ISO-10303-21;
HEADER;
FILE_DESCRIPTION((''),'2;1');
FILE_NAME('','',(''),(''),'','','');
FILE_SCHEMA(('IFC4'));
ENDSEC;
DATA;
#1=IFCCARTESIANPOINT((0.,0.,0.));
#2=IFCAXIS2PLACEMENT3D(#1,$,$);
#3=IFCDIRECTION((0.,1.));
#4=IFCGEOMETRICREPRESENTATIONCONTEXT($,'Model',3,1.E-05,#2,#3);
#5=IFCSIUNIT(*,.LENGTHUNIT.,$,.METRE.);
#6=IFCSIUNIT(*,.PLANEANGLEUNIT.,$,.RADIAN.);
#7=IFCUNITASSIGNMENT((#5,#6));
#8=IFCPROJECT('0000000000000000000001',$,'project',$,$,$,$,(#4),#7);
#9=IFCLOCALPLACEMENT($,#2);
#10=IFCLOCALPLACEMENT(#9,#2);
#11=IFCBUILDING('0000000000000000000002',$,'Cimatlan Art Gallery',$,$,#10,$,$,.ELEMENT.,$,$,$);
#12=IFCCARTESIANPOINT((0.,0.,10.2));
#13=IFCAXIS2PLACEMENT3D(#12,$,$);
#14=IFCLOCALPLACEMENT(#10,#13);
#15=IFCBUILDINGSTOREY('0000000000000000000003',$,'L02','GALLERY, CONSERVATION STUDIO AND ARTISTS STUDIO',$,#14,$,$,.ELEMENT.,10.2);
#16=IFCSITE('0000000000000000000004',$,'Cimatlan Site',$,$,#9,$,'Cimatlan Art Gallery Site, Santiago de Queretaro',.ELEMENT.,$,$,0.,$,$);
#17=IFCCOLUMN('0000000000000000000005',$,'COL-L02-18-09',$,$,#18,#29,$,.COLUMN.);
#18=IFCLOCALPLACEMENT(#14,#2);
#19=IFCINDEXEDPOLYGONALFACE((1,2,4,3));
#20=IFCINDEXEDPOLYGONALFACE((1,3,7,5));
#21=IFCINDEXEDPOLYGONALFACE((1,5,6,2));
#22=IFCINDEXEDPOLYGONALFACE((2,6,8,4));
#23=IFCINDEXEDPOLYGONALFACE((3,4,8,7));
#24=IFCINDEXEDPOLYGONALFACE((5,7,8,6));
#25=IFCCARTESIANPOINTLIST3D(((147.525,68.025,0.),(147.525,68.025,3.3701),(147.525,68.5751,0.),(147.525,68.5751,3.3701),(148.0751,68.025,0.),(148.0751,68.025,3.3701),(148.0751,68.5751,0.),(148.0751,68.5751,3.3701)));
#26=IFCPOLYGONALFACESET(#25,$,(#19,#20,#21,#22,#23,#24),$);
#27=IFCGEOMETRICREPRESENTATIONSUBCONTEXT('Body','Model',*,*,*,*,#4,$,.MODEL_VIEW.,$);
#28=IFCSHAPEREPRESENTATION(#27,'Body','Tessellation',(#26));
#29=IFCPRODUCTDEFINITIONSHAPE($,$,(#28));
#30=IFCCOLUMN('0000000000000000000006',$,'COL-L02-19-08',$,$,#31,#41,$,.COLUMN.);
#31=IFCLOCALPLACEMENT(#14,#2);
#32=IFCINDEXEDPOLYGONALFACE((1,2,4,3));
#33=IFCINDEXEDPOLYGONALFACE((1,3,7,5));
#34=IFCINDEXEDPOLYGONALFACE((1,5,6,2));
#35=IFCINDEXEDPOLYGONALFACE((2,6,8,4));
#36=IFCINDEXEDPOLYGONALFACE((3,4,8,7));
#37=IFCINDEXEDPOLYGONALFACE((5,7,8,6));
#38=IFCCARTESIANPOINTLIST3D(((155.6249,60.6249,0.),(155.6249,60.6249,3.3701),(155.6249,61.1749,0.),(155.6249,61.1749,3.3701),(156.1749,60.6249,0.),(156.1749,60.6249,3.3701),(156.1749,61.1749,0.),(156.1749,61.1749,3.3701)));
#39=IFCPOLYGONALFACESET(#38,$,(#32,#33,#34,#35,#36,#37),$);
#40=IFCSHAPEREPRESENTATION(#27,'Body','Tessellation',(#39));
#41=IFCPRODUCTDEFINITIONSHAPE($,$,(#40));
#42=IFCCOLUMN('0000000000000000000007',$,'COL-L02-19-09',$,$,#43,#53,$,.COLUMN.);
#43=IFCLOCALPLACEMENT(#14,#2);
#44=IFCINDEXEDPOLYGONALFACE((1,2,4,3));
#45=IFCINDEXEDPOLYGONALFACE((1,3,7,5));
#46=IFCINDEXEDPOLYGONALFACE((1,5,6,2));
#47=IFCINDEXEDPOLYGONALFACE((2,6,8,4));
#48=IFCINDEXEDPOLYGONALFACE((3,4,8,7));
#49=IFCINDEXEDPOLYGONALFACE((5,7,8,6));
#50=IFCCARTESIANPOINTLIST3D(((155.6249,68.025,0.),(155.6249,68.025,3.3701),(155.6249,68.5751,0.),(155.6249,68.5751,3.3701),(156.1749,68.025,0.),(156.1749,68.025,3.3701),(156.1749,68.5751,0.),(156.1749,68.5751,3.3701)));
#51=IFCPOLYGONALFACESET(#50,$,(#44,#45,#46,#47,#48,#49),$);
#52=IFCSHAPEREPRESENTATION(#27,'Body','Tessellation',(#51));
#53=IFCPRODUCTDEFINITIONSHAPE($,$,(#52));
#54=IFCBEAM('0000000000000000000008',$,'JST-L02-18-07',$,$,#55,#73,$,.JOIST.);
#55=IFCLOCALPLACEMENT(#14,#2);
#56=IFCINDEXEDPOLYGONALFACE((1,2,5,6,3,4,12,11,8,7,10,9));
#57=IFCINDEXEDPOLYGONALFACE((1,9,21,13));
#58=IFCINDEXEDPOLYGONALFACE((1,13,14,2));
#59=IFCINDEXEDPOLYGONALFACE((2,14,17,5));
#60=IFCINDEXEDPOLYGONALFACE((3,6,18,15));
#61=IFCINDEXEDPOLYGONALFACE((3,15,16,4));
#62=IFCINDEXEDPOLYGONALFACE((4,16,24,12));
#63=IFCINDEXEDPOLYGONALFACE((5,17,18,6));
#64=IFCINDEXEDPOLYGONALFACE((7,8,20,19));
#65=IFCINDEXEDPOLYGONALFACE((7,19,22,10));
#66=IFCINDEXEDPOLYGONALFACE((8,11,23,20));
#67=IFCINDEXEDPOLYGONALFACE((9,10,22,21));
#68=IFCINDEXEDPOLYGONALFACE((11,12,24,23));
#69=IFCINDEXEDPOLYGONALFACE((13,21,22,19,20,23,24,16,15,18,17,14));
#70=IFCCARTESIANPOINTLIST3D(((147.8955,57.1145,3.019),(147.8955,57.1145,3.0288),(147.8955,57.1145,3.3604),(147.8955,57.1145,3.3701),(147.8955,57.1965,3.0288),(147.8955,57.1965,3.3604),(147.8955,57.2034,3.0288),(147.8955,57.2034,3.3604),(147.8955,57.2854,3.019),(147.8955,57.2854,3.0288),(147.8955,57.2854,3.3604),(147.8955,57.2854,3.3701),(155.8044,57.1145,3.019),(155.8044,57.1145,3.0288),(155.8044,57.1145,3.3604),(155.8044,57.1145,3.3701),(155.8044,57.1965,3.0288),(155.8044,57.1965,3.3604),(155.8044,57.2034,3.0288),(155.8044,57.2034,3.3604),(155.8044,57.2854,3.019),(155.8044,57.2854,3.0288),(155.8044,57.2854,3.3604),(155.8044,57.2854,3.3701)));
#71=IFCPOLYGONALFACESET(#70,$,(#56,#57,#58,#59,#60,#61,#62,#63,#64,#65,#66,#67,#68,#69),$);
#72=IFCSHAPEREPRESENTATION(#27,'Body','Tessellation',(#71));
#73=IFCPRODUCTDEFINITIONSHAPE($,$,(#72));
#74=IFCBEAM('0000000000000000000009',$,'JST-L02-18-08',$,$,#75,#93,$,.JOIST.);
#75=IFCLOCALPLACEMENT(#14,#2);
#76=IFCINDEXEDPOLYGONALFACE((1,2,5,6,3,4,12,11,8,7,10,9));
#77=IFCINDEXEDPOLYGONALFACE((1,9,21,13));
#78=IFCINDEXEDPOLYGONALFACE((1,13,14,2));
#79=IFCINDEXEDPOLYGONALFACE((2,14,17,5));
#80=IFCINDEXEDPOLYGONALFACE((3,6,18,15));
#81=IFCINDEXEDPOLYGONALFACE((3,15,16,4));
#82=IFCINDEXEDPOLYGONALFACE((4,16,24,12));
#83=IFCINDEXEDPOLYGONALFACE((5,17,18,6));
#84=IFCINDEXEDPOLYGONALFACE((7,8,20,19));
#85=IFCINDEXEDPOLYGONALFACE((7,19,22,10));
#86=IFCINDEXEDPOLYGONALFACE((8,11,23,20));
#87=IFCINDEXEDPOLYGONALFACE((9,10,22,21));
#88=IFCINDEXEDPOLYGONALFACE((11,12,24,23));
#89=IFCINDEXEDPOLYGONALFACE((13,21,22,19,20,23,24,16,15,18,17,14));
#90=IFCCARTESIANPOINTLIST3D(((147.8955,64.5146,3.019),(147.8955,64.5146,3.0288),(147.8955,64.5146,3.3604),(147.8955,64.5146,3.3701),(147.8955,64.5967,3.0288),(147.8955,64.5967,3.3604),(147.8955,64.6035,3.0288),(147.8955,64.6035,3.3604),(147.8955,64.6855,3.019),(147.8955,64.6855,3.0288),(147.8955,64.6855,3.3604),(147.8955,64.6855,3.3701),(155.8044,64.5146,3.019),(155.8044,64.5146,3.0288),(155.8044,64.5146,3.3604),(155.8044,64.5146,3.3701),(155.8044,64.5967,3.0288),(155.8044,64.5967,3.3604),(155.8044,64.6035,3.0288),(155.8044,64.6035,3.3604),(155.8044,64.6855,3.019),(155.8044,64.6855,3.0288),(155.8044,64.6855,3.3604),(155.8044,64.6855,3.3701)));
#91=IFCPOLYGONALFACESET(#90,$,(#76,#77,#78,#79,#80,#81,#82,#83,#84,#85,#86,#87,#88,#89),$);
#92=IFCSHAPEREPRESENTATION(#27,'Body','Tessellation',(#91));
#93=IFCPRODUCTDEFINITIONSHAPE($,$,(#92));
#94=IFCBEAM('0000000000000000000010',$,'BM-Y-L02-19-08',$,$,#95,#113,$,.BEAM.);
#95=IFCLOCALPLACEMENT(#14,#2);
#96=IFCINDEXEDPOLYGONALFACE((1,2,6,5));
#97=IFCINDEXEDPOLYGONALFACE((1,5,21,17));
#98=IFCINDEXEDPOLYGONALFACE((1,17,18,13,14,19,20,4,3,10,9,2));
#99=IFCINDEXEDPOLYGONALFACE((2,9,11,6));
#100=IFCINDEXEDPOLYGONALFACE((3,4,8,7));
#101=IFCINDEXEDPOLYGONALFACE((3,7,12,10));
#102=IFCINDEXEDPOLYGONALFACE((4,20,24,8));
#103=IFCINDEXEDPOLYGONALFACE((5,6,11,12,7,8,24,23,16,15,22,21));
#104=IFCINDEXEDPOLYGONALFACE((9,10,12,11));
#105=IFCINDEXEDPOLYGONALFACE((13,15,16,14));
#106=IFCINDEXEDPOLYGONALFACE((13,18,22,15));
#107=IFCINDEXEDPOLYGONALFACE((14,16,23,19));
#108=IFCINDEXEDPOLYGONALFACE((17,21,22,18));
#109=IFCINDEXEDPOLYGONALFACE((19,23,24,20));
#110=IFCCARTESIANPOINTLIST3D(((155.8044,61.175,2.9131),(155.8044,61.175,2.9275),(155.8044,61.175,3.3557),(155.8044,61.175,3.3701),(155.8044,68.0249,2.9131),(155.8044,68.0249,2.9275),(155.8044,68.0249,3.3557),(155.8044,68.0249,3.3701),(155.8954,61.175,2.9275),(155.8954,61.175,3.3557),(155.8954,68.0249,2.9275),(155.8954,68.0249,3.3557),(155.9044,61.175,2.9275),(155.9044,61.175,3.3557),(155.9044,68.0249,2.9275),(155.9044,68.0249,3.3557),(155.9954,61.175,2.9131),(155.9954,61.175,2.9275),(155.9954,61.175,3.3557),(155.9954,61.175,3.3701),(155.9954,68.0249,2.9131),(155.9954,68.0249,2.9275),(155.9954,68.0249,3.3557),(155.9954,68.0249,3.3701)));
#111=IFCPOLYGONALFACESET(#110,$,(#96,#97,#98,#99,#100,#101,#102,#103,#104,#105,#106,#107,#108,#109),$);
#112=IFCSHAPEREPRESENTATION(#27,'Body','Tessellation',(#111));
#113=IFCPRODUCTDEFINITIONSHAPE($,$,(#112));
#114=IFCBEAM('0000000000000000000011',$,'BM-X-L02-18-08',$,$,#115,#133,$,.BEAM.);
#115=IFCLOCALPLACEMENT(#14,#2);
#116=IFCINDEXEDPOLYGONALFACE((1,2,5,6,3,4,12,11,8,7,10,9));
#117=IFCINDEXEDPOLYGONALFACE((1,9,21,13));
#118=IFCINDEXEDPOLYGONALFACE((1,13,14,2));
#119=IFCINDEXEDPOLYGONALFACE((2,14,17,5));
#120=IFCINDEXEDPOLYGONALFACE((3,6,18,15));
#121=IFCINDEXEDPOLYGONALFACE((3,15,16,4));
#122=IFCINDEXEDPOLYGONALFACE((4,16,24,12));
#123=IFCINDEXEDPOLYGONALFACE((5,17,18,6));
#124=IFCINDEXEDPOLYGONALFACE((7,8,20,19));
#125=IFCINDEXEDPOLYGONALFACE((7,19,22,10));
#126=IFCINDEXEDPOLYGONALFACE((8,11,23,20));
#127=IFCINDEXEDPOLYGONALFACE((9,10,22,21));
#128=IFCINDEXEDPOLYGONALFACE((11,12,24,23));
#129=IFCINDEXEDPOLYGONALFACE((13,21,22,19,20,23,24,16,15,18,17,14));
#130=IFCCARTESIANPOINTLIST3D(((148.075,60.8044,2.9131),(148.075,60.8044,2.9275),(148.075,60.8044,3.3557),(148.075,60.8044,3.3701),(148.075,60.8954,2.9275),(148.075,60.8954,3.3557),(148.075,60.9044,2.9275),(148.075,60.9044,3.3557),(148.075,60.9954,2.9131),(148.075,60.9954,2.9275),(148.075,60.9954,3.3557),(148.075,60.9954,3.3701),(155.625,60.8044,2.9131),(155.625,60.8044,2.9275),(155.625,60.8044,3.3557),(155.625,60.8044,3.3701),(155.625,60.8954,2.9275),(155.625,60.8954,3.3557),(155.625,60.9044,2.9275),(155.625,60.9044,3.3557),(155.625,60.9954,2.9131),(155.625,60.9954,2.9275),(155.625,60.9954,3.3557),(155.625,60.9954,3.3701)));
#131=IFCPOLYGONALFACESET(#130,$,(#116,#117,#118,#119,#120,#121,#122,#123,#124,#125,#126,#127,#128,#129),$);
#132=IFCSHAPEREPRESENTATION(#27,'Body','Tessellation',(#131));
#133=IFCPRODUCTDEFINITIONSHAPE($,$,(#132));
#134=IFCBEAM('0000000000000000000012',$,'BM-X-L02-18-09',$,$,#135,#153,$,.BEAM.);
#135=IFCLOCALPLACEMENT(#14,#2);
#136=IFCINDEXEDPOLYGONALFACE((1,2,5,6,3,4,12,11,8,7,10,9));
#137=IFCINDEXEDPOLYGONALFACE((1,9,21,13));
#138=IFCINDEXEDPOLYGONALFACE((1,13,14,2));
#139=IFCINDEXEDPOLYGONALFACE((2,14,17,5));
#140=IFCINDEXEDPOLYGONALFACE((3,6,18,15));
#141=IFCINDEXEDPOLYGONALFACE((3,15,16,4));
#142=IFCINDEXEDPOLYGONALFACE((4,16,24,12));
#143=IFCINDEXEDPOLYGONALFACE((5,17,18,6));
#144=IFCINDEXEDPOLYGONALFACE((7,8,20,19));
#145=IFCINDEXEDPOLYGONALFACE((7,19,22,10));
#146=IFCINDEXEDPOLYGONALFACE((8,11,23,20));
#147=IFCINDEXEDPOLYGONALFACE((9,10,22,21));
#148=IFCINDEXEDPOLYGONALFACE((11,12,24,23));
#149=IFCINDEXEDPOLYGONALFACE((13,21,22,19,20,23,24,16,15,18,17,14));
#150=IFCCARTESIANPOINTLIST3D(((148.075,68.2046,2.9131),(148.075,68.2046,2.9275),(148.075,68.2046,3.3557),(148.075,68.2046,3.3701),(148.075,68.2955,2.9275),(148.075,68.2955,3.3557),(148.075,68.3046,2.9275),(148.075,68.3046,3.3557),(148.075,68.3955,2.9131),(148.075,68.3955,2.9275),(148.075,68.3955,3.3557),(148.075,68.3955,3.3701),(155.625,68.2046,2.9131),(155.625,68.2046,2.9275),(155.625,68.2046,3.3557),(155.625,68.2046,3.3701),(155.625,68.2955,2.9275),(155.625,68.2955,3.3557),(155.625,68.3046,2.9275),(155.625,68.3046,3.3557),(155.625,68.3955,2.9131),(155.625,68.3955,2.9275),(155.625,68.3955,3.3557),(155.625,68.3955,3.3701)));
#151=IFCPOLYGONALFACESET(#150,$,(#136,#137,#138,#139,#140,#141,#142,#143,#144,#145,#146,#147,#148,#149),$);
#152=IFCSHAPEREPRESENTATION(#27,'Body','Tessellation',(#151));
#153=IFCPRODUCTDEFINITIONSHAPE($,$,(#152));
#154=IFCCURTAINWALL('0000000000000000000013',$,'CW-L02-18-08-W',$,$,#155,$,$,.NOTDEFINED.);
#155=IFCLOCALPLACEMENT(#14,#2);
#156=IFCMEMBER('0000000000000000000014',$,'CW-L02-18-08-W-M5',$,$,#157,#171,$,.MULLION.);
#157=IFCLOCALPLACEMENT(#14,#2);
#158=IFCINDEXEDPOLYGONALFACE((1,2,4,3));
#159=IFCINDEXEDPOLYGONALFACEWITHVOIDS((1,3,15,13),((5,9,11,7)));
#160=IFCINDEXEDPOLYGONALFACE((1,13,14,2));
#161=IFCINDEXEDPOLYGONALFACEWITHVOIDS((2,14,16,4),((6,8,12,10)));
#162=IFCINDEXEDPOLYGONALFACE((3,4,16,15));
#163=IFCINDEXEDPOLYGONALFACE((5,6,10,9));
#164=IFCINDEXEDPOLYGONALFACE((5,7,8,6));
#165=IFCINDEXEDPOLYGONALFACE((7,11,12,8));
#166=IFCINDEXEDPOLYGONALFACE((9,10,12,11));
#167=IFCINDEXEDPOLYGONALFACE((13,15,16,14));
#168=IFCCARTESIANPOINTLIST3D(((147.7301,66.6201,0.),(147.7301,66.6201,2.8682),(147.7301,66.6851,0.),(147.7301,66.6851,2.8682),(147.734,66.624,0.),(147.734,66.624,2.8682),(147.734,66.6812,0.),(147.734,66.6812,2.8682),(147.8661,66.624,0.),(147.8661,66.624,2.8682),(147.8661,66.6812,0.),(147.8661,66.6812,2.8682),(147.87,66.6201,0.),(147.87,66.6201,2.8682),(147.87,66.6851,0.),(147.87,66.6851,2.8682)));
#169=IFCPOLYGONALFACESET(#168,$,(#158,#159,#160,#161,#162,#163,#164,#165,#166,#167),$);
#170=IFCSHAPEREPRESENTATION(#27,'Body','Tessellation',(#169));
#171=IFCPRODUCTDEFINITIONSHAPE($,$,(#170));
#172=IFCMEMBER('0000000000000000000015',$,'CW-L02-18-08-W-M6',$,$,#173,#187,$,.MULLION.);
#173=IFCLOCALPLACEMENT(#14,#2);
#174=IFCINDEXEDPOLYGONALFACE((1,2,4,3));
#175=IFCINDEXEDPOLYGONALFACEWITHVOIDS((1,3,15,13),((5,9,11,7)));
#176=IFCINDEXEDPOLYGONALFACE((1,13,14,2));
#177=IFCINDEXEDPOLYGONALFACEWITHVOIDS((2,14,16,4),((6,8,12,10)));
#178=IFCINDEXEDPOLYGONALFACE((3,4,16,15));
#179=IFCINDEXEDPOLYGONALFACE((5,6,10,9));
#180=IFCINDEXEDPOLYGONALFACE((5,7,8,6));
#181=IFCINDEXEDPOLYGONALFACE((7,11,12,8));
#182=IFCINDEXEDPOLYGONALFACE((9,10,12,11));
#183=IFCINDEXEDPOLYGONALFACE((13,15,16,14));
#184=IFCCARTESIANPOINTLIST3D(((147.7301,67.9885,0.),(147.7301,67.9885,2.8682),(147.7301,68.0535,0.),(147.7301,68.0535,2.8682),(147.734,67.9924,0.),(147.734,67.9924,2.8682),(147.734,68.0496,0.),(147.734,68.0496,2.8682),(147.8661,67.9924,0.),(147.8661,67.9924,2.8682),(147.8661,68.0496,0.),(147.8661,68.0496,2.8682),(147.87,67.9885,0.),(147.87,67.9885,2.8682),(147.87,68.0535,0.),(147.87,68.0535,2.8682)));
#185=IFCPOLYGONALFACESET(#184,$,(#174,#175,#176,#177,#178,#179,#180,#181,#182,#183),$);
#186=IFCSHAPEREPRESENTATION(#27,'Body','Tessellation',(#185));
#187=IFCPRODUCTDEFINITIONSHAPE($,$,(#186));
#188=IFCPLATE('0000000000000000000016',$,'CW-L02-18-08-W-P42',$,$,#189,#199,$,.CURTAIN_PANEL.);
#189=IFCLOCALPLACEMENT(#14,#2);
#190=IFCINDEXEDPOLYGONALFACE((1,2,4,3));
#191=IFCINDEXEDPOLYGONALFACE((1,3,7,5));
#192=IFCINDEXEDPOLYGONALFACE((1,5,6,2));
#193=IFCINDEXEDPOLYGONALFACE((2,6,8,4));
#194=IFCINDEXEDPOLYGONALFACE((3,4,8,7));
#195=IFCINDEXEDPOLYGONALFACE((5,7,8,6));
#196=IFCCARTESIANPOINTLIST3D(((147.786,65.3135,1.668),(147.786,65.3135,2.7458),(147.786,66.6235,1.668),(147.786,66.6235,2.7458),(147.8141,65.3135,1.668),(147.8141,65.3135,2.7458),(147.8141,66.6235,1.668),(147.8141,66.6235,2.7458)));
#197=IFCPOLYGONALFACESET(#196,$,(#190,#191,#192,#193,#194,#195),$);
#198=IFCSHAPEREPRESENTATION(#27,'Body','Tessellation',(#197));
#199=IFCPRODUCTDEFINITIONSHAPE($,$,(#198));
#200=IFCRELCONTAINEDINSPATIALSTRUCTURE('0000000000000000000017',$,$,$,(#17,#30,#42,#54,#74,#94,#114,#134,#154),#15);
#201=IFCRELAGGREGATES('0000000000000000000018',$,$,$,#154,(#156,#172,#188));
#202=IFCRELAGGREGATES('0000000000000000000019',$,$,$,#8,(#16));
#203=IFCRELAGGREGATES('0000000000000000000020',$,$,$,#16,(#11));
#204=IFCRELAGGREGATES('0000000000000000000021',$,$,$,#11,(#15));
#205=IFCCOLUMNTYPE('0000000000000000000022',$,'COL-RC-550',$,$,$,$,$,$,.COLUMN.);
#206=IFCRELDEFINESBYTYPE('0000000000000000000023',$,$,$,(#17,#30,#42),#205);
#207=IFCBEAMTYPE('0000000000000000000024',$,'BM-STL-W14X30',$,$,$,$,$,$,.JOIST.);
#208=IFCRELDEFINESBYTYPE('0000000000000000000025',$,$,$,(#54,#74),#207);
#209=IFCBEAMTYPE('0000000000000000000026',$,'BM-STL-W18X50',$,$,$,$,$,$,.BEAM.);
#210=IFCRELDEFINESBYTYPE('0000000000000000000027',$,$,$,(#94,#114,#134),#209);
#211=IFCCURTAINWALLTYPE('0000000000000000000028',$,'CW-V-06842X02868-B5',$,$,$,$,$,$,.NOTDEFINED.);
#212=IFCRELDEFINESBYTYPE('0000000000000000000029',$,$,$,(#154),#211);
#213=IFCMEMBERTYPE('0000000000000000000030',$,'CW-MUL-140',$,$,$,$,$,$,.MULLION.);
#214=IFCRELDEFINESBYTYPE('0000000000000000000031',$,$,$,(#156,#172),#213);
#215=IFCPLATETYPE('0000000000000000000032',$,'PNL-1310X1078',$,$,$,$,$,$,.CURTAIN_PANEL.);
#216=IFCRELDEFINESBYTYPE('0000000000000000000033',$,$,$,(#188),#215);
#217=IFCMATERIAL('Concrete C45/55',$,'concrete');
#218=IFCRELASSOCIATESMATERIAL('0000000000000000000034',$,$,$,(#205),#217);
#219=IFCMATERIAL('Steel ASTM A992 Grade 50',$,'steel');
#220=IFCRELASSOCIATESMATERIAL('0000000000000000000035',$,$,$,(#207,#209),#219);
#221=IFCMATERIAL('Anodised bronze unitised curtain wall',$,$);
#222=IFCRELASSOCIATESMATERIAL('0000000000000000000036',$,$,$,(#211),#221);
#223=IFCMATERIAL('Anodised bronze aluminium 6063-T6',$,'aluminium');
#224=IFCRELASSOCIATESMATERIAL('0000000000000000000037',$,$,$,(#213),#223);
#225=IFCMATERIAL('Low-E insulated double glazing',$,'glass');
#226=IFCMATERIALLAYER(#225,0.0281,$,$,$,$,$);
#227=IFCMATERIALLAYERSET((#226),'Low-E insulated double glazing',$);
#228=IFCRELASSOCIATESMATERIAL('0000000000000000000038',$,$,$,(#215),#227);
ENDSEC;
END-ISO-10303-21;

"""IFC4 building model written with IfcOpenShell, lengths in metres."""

from ifc_helpers import new_model, si_unit, direction, frame, origin, origin_2d, place, context, subcontext, project, spatial, rectangle, hollow_rectangle, i_section, extrude, material, layer, layer_set, material_profile, profile_set, type_object, element, aggregate, save


model = new_model("IFC4")

# Units and contexts
model_context = context("Model", 3, precision=1e-05, world=origin(), true_north=direction((0.0, 1.0)))
body_context = subcontext(model_context, "Body", "Model", "MODEL_VIEW")
ifc_project = project(units=[si_unit("LENGTHUNIT", "METRE"), si_unit("PLANEANGLEUNIT", "RADIAN")], contexts=[model_context])

# Site, building, storey
site_placement = place(None, origin())
site = spatial("IfcSite", under=ifc_project, at=site_placement, Name="Cimatlan Site", LongName="Cimatlan Art Gallery Site, Santiago de Queretaro", CompositionType="ELEMENT", RefElevation=0.0)
building_placement = place(site_placement, origin())
building = spatial("IfcBuilding", under=site, at=building_placement, Name="Cimatlan Art Gallery", CompositionType="ELEMENT")
storey_placement = place(building_placement, frame((0.0, 0.0, 10.2)))
storey = spatial("IfcBuildingStorey", under=building, at=storey_placement, Name="L02", Description="GALLERY, CONSERVATION STUDIO AND ARTISTS STUDIO", CompositionType="ELEMENT", Elevation=10.2)

# Columns
ifc_material_1 = material(Name="Concrete C45/55", Category="concrete")
ifc_material_profile_1 = material_profile(ifc_material_1, rectangle(XDim=0.55, YDim=0.55, at=origin_2d()), Name="RC550X550")
ifc_profile_set_1 = profile_set([ifc_material_profile_1], Name="Concrete C45/55")
column_type = type_object("IfcColumnType", Name="COL-RC-550", PredefinedType="COLUMN", material=ifc_profile_set_1)
for number, where, z_axis, x_axis, name in (
    (1, (147.8, 68.3, 0.0), (0.0, 0.0, 1.0), (1.0, 0.0, 0.0), "COL-L02-18-09"),
    (2, (155.8999, 60.8999, 0.0), (0.0, 0.0, 1.0), (1.0, 0.0, 0.0), "COL-L02-19-08"),
    (3, (155.8999, 68.3, 0.0), (0.0, 0.0, 1.0), (1.0, 0.0, 0.0), "COL-L02-19-09"),
):
    element("IfcColumn", number, at=place(storey_placement, frame(where, z_axis=z_axis, x_axis=x_axis)), inside=storey, type_object=column_type, Name=name, PredefinedType="COLUMN", context=body_context, shape_type="SweptSolid", body=[
        extrude(rectangle(XDim=0.55, YDim=0.55, at=origin_2d()), origin(), (0.0, 0.0, 1.0), 3.3701),
    ])

# Beams
ifc_material_2 = material(Name="Steel ASTM A992 Grade 50", Category="steel")
ifc_material_profile_2 = material_profile(ifc_material_2, i_section(OverallWidth=0.1709, OverallDepth=0.3511, WebThickness=0.0068, FlangeThickness=0.0098, at=origin_2d()), Name="W14X30")
ifc_profile_set_2 = profile_set([ifc_material_profile_2], Name="Steel ASTM A992 Grade 50")
beam_type_1 = type_object("IfcBeamType", Name="BM-STL-W14X30", PredefinedType="JOIST", material=ifc_profile_set_2)
for number, where, z_axis, x_axis, name in (
    (4, (147.8955, 57.2, 3.1946), (1.0, 0.0, 0.0), (0.0, 1.0, 0.0), "JST-L02-18-07"),
    (5, (147.8955, 64.6001, 3.1946), (1.0, 0.0, 0.0), (0.0, 1.0, 0.0), "JST-L02-18-08"),
):
    element("IfcBeam", number, at=place(storey_placement, frame(where, z_axis=z_axis, x_axis=x_axis)), inside=storey, type_object=beam_type_1, Name=name, PredefinedType="JOIST", context=body_context, shape_type="SweptSolid", body=[
        extrude(i_section(OverallWidth=0.1709, OverallDepth=0.3511, WebThickness=0.0068, FlangeThickness=0.0098, at=origin_2d()), origin(), (0.0, 0.0, 1.0), 7.9089),
    ])
ifc_material_profile_3 = material_profile(ifc_material_2, i_section(OverallWidth=0.1909, OverallDepth=0.457, WebThickness=0.009, FlangeThickness=0.0144, at=origin_2d()), Name="W18X50")
ifc_profile_set_3 = profile_set([ifc_material_profile_3], Name="Steel ASTM A992 Grade 50")
beam_type_2 = type_object("IfcBeamType", Name="BM-STL-W18X50", PredefinedType="BEAM", material=ifc_profile_set_3)
beam_placement = place(storey_placement, frame((155.8999, 61.175, 3.1416), z_axis=(0.0, 1.0, 0.0), x_axis=(-1.0, 0.0, 0.0)))
element("IfcBeam", 6, at=beam_placement, inside=storey, type_object=beam_type_2, Name="BM-Y-L02-19-08", PredefinedType="BEAM", context=body_context, shape_type="SweptSolid", body=[
    extrude(i_section(OverallWidth=0.1909, OverallDepth=0.457, WebThickness=0.009, FlangeThickness=0.0144, at=origin_2d()), origin(), (0.0, 0.0, 1.0), 6.8499),
])
for number, where, z_axis, x_axis, name in (
    (7, (148.075, 60.8999, 3.1416), (1.0, 0.0, 0.0), (0.0, 1.0, 0.0), "BM-X-L02-18-08"),
    (8, (148.075, 68.3, 3.1416), (1.0, 0.0, 0.0), (0.0, 1.0, 0.0), "BM-X-L02-18-09"),
):
    element("IfcBeam", number, at=place(storey_placement, frame(where, z_axis=z_axis, x_axis=x_axis)), inside=storey, type_object=beam_type_2, Name=name, PredefinedType="BEAM", context=body_context, shape_type="SweptSolid", body=[
        extrude(i_section(OverallWidth=0.1909, OverallDepth=0.457, WebThickness=0.009, FlangeThickness=0.0144, at=origin_2d()), origin(), (0.0, 0.0, 1.0), 7.55),
    ])

# Curtain wall, members, plate
ifc_material_3 = material(Name="Anodised bronze unitised curtain wall")
curtain_wall_type = type_object("IfcCurtainWallType", Name="CW-V-06842X02868-B5", PredefinedType="NOTDEFINED", material=ifc_material_3)
curtain_wall_placement = place(storey_placement, origin())
curtain_wall = element("IfcCurtainWall", 9, at=curtain_wall_placement, inside=storey, type_object=curtain_wall_type, Name="CW-L02-18-08-W", PredefinedType="NOTDEFINED")
ifc_material_4 = material(Name="Anodised bronze aluminium 6063-T6", Category="aluminium")
ifc_material_profile_4 = material_profile(ifc_material_4, hollow_rectangle(XDim=0.0649, YDim=0.1399, WallThickness=0.0039, at=origin_2d()), Name="ALU65X140X4")
ifc_profile_set_4 = profile_set([ifc_material_profile_4], Name="Anodised bronze aluminium 6063-T6")
member_type = type_object("IfcMemberType", Name="CW-MUL-140", PredefinedType="MULLION", material=ifc_profile_set_4)
member_1_placement = place(storey_placement, frame((147.8, 66.6526, 0.0), z_axis=(0.0, 0.0, 1.0), x_axis=(0.0, 1.0, 0.0)))
member_1 = element("IfcMember", 10, at=member_1_placement, type_object=member_type, Name="CW-L02-18-08-W-M5", PredefinedType="MULLION", context=body_context, shape_type="SweptSolid", body=[
    extrude(hollow_rectangle(XDim=0.0649, YDim=0.1399, WallThickness=0.0039, at=origin_2d()), origin(), (0.0, 0.0, 1.0), 2.8682),
])
member_2_placement = place(storey_placement, frame((147.8, 68.021, 0.0), z_axis=(0.0, 0.0, 1.0), x_axis=(0.0, 1.0, 0.0)))
member_2 = element("IfcMember", 11, at=member_2_placement, type_object=member_type, Name="CW-L02-18-08-W-M6", PredefinedType="MULLION", context=body_context, shape_type="SweptSolid", body=[
    extrude(hollow_rectangle(XDim=0.0649, YDim=0.1399, WallThickness=0.0039, at=origin_2d()), origin(), (0.0, 0.0, 1.0), 2.8682),
])
ifc_material_5 = material(Name="Low-E insulated double glazing", Category="glass")
ifc_layer_1 = layer(ifc_material_5, 0.0281)
ifc_layer_set_1 = layer_set([ifc_layer_1], Name="Low-E insulated double glazing")
plate_type_1 = type_object("IfcPlateType", Name="PNL-1310X1078", PredefinedType="CURTAIN_PANEL", material=ifc_layer_set_1)
plate_1_placement = place(storey_placement, frame((147.8, 65.9685, 1.668), z_axis=(0.0, 0.0, 1.0), x_axis=(0.0, 1.0, 0.0)))
plate_1 = element("IfcPlate", 12, at=plate_1_placement, type_object=plate_type_1, Name="CW-L02-18-08-W-P42", PredefinedType="CURTAIN_PANEL", context=body_context, shape_type="SweptSolid", body=[
    extrude(rectangle(XDim=1.3101, YDim=0.0281, at=origin_2d()), origin(), (0.0, 0.0, 1.0), 1.0779),
])
aggregate(curtain_wall, [member_1, member_2, plate_1])

save(model, "model.ifc")
